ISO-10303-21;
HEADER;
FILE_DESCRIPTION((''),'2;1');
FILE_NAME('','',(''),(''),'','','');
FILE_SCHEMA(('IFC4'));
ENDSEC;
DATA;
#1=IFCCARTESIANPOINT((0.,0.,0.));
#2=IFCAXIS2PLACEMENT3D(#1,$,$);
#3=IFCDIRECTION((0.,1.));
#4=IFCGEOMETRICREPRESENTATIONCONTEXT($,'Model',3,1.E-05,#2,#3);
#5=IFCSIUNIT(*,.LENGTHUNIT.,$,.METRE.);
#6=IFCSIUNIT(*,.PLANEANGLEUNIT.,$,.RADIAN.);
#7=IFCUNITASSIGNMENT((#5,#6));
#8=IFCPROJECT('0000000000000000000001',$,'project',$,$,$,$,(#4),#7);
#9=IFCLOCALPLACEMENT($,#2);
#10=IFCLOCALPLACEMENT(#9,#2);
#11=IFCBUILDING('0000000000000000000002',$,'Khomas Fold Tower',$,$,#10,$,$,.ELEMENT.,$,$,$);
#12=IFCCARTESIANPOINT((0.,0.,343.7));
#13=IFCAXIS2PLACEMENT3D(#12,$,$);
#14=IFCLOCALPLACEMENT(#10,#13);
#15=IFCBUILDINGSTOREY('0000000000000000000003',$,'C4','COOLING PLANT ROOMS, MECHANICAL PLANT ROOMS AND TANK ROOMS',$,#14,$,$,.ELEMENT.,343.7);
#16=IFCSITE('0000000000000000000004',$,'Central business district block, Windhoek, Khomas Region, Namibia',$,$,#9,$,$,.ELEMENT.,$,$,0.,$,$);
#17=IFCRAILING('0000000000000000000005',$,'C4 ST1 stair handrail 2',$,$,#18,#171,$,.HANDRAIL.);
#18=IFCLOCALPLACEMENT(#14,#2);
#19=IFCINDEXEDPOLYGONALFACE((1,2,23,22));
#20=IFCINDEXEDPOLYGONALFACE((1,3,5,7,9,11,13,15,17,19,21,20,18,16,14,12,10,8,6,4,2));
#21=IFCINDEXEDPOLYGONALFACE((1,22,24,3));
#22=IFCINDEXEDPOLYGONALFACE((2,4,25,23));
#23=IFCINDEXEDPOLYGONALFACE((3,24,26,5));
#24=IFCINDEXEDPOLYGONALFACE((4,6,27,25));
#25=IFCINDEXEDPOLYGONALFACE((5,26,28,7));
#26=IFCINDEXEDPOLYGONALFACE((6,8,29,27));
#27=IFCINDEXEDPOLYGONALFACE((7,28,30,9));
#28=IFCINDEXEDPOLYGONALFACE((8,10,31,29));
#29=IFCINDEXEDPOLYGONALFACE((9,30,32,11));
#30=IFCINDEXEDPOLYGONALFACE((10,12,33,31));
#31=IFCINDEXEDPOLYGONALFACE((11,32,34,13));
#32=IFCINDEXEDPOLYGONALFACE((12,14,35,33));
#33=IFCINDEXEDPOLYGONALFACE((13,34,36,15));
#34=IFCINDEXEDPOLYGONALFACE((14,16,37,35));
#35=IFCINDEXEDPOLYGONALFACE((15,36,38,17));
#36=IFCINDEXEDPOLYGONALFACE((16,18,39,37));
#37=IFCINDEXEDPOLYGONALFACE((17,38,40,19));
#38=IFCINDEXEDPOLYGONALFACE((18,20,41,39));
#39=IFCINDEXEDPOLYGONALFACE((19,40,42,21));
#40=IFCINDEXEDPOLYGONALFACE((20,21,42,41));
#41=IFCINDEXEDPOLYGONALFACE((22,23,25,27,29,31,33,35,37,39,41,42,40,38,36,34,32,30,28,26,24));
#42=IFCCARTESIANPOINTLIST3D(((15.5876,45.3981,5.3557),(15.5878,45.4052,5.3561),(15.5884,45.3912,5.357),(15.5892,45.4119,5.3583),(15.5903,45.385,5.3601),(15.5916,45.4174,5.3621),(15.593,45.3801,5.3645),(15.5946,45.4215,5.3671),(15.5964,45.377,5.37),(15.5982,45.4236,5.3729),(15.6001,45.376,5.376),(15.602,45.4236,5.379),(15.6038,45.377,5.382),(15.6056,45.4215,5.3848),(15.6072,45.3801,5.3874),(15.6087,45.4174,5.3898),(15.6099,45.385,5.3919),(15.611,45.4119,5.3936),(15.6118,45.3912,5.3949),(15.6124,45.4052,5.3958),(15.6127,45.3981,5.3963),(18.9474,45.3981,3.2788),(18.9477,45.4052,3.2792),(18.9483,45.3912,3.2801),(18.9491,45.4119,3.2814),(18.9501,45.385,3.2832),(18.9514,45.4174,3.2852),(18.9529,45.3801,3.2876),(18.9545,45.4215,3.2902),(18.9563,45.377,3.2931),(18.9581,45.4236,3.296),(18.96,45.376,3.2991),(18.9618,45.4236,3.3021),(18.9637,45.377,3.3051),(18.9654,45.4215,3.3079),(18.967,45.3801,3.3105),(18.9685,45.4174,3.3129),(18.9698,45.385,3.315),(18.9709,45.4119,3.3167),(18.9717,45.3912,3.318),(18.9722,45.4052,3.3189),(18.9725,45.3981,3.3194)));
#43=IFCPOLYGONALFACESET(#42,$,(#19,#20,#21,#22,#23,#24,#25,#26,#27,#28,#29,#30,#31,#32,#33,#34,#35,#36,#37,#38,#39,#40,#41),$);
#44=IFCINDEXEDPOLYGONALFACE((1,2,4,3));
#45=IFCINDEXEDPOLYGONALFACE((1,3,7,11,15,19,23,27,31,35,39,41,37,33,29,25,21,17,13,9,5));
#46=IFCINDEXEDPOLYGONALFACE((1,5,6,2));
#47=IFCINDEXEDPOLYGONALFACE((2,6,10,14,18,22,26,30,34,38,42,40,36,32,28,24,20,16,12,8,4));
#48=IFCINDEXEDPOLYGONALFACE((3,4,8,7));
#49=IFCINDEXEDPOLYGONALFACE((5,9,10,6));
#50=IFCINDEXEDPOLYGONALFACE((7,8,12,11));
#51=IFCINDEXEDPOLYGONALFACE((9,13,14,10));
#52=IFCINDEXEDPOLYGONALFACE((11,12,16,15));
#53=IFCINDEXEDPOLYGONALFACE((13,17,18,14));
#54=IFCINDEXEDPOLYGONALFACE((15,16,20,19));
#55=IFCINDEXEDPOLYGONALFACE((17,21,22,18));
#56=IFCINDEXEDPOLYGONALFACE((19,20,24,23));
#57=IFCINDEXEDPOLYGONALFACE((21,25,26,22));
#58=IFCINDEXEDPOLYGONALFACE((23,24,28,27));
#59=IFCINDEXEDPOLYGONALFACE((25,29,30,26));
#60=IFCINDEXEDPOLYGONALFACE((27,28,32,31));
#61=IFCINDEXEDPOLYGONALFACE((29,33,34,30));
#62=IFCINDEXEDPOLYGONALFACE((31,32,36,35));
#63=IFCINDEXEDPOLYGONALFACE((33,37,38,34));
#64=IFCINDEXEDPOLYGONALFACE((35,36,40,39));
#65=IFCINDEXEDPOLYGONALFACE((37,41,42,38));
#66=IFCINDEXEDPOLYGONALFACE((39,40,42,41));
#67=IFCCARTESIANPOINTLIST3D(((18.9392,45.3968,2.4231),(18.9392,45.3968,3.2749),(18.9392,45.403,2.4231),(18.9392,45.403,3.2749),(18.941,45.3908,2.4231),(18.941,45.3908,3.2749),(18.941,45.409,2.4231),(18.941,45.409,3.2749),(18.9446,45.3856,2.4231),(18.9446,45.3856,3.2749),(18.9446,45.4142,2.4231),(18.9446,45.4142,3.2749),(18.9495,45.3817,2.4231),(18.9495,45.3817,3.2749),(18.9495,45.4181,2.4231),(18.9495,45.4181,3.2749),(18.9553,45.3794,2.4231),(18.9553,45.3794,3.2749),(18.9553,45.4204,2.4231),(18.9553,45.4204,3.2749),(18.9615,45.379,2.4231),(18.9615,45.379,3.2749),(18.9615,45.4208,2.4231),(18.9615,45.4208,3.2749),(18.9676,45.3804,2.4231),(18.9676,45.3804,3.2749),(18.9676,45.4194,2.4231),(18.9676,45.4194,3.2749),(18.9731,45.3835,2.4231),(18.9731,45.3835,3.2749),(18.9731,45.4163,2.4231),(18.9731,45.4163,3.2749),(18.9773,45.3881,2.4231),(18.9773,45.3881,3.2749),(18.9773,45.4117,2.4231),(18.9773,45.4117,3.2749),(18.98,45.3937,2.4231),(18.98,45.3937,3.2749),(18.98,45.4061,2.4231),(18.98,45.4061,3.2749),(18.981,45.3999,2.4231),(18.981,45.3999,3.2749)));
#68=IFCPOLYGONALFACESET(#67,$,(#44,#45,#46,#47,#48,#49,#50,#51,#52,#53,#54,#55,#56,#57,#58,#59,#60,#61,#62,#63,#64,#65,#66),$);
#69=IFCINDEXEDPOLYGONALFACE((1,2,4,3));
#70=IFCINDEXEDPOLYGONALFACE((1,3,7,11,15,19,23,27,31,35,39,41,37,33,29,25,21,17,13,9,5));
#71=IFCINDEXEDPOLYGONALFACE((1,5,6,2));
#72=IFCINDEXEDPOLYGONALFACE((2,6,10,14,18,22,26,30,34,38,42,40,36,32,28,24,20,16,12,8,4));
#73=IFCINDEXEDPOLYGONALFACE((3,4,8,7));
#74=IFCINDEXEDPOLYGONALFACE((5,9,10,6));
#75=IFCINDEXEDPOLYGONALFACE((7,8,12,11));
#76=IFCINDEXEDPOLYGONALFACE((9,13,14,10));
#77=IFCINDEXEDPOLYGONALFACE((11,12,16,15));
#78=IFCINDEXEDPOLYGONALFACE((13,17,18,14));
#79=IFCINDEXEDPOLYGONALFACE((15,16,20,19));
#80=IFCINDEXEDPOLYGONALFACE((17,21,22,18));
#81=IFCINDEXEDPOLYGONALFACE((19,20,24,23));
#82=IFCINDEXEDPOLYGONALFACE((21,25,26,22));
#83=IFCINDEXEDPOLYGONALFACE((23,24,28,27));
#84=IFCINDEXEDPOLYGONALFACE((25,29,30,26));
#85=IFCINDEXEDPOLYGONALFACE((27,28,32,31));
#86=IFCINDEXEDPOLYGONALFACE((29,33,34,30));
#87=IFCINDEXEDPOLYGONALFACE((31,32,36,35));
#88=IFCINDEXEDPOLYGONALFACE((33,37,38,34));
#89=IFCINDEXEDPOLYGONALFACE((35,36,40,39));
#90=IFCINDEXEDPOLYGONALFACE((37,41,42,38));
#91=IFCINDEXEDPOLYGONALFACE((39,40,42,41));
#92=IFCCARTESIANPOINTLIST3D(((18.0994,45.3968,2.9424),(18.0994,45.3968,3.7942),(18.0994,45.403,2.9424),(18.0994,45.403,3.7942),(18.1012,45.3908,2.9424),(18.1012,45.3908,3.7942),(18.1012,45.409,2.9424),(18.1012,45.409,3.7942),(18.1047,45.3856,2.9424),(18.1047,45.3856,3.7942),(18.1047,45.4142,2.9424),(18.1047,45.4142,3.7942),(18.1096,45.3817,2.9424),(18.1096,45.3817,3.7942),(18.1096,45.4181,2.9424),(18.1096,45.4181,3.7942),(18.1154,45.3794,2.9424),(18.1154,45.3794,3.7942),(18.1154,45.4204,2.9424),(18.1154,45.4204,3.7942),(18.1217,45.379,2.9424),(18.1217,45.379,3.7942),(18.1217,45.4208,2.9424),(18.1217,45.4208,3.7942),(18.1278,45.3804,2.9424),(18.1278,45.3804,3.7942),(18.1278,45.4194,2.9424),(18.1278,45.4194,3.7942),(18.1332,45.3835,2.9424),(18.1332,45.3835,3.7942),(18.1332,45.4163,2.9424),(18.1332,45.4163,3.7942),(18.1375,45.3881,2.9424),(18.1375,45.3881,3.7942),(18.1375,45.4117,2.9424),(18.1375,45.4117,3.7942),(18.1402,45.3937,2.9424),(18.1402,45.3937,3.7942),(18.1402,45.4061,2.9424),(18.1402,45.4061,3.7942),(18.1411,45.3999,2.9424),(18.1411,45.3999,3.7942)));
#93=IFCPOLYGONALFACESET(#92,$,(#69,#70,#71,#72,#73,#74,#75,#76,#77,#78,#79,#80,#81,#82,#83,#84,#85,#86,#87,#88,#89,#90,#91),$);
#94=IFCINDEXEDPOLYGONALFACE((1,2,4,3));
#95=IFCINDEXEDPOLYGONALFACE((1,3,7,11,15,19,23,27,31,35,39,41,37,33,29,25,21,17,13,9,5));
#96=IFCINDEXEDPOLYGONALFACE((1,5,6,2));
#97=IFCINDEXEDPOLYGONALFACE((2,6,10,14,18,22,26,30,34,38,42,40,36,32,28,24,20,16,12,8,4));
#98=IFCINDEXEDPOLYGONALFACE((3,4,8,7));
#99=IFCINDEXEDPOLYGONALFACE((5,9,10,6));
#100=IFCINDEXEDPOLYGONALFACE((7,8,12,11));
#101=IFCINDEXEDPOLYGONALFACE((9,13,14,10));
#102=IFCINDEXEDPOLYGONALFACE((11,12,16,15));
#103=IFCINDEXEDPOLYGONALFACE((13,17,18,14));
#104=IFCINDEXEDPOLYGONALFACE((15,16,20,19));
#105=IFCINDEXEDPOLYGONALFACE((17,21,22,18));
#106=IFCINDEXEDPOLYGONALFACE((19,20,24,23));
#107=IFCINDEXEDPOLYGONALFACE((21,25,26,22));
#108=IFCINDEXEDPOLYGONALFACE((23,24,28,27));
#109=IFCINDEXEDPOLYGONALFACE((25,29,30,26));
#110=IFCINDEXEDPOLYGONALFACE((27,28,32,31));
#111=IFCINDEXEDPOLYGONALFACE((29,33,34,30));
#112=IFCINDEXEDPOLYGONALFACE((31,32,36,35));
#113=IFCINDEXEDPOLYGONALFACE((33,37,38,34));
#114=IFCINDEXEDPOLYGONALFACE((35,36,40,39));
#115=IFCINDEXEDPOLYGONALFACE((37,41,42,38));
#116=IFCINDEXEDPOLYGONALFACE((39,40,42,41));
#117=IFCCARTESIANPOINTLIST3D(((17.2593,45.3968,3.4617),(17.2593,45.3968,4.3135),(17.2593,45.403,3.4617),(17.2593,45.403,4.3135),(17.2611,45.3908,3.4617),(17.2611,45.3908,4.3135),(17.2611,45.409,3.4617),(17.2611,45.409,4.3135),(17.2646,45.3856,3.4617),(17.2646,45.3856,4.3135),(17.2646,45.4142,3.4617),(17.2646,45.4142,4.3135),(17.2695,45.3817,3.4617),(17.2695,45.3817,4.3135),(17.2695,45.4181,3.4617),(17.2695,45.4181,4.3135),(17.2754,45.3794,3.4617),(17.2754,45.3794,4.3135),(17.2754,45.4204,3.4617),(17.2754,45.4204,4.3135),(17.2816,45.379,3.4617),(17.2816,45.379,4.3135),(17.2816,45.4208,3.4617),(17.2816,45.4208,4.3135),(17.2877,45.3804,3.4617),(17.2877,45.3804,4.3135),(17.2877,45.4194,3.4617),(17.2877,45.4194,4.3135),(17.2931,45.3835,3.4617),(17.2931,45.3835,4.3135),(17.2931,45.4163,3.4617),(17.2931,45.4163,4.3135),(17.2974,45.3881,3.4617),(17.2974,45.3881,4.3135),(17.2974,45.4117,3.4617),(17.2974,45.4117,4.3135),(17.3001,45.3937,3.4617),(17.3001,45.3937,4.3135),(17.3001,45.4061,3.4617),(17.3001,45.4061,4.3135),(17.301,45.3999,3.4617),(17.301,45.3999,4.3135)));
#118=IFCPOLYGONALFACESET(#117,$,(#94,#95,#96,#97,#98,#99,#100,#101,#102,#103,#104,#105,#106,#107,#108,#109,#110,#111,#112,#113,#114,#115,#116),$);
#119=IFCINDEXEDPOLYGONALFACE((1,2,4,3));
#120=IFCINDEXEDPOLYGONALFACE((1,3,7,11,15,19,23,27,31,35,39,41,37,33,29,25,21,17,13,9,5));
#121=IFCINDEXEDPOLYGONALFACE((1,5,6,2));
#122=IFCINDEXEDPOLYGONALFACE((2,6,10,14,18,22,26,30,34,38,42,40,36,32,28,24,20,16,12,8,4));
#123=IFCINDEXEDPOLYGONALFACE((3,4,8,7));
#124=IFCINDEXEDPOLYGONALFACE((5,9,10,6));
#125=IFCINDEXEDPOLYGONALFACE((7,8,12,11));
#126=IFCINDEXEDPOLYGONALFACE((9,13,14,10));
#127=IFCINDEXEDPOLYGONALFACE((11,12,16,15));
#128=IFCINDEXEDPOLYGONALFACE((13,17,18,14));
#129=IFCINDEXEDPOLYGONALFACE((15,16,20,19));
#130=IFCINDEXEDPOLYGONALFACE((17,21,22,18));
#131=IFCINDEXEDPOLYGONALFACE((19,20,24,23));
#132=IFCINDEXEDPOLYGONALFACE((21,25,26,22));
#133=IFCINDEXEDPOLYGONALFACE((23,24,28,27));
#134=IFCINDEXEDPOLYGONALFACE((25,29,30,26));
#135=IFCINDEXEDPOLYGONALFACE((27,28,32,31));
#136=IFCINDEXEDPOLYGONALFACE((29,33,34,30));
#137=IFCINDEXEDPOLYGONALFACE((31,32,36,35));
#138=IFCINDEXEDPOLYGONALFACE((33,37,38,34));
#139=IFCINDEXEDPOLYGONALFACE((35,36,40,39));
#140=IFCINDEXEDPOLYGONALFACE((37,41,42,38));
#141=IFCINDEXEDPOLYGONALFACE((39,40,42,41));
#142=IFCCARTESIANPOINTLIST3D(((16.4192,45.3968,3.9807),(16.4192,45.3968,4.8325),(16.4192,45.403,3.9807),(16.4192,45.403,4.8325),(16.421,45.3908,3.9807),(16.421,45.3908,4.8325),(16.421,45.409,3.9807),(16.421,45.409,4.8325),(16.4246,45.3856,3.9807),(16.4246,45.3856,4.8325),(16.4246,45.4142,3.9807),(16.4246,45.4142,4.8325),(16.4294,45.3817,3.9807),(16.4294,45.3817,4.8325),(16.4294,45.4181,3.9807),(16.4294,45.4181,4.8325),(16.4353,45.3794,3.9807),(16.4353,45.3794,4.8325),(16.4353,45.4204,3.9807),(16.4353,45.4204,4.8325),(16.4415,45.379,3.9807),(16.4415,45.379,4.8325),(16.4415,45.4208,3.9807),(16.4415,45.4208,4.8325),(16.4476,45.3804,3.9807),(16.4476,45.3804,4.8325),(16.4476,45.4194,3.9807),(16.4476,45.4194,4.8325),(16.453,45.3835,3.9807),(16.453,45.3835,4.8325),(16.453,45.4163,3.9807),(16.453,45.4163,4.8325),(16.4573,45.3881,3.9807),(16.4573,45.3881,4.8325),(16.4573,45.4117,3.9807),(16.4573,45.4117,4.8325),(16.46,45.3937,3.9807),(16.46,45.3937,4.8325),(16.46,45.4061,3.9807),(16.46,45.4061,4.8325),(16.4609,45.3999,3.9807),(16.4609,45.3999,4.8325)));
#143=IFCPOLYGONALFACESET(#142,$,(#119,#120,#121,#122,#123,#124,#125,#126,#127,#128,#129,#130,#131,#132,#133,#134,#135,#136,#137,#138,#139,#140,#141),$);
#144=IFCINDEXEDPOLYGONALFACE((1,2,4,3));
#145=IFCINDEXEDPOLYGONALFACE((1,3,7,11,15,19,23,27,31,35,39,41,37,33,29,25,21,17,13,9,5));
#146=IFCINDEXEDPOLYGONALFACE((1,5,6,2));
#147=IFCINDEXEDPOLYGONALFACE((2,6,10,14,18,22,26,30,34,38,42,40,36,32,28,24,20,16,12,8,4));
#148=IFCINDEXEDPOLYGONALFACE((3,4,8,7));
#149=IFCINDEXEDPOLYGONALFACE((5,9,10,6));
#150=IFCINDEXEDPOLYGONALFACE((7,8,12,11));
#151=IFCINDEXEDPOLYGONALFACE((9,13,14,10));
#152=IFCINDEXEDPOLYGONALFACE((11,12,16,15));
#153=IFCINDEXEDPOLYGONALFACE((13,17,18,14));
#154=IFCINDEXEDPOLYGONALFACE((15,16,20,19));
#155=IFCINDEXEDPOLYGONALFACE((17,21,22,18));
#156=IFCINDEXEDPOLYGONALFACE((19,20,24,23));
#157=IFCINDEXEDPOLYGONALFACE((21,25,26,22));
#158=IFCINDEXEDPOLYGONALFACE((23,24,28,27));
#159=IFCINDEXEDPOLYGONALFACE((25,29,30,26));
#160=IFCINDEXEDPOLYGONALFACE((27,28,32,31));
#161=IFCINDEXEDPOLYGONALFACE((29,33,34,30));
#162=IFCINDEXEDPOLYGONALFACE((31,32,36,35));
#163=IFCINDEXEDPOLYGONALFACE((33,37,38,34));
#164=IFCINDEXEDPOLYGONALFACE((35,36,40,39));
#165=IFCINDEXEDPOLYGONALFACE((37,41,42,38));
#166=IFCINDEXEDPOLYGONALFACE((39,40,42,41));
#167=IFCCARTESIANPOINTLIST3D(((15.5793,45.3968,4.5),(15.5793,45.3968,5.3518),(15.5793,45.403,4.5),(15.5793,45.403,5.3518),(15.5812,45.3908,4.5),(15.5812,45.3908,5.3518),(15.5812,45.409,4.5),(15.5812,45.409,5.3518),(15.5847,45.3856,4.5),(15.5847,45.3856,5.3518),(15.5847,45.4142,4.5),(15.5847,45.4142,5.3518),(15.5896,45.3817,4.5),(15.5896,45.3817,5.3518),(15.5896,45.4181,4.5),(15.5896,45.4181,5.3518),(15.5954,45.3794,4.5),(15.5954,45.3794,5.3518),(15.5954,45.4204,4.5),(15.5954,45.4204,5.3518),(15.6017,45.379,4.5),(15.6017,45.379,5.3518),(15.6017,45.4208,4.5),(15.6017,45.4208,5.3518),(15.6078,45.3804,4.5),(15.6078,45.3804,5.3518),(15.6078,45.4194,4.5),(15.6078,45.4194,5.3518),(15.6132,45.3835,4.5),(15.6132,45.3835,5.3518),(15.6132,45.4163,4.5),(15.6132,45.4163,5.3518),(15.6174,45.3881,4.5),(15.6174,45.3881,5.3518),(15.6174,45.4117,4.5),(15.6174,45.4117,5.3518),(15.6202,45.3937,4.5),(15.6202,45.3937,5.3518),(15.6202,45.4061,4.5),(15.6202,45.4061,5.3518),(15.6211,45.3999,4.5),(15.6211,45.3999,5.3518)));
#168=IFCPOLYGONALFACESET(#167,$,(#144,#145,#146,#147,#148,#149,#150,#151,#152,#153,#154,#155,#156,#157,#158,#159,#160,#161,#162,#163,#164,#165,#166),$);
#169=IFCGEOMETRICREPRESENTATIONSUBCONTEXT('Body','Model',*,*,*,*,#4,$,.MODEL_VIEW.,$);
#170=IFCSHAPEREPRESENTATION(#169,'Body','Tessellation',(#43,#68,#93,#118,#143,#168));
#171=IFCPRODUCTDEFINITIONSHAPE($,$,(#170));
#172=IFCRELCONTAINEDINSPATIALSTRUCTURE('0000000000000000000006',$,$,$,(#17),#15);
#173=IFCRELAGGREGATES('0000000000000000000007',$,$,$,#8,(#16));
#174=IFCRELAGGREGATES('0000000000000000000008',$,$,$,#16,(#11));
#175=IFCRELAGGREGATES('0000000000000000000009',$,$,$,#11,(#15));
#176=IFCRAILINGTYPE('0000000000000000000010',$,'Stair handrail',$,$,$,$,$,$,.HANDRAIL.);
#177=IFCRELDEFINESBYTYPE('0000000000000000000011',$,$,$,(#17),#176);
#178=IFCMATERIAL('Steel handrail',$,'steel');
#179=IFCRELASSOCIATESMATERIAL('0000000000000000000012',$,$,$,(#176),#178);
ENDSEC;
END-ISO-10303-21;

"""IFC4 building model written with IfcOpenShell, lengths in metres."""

from ifc_helpers import new_model, si_unit, direction, frame, origin, origin_2d, place, context, subcontext, project, spatial, circle, extrude, source, transform, mapped, material, type_object, element, save


model = new_model("IFC4")

# Units and contexts
model_context = context("Model", 3, precision=1e-05, world=origin(), true_north=direction((0.0, 1.0)))
body_context = subcontext(model_context, "Body", "Model", "MODEL_VIEW")
ifc_project = project(units=[si_unit("LENGTHUNIT", "METRE"), si_unit("PLANEANGLEUNIT", "RADIAN")], contexts=[model_context])

# Site, building, storey
site_placement = place(None, origin())
site = spatial("IfcSite", under=ifc_project, at=site_placement, Name="Central business district block, Windhoek, Khomas Region, Namibia", CompositionType="ELEMENT", RefElevation=0.0)
building_placement = place(site_placement, origin())
building = spatial("IfcBuilding", under=site, at=building_placement, Name="Khomas Fold Tower", CompositionType="ELEMENT")
storey_placement = place(building_placement, frame((0.0, 0.0, 343.7)))
storey = spatial("IfcBuildingStorey", under=building, at=storey_placement, Name="C4", Description="COOLING PLANT ROOMS, MECHANICAL PLANT ROOMS AND TANK ROOMS", CompositionType="ELEMENT", Elevation=343.7)

# Railing
ifc_material_1 = material(Name="Steel handrail", Category="steel")
railing_type_1 = type_object("IfcRailingType", Name="Stair handrail", PredefinedType="HANDRAIL", material=ifc_material_1)
shared_shape_1 = source(origin(), body_context, "Body", "SweptSolid", [
    extrude(circle(Radius=0.0239, at=origin_2d()), frame((0.0, 0.0, 0.876), z_axis=(-0.850606, 0.0, 0.525803), x_axis=(0.0, -1.0, 0.0)), (0.0, 0.0, 1.0), 3.95),
    extrude(circle(Radius=0.021, at=origin_2d()), origin(), (0.0, 0.0, 1.0), 0.8518),
    extrude(circle(Radius=0.021, at=origin_2d()), frame((-0.8398, 0.0, 0.5193)), (0.0, 0.0, 1.0), 0.8518),
    extrude(circle(Radius=0.021, at=origin_2d()), frame((-1.6799, 0.0, 1.0386)), (0.0, 0.0, 1.0), 0.8518),
    extrude(circle(Radius=0.021, at=origin_2d()), frame((-2.52, 0.0, 1.5576)), (0.0, 0.0, 1.0), 0.8518),
    extrude(circle(Radius=0.021, at=origin_2d()), frame((-3.3599, 0.0, 2.0769)), (0.0, 0.0, 1.0), 0.8518),
])
railing_1_placement = place(storey_placement, frame((18.96, 45.3999, 2.4231)))
element("IfcRailing", 1, at=railing_1_placement, inside=storey, type_object=railing_type_1, Name="C4 ST1 stair handrail 2", PredefinedType="HANDRAIL", context=body_context, shape_type="MappedRepresentation", body=[
    mapped(shared_shape_1, transform((0.0, 0.0, 0.0))),
])

save(model, "model.ifc")
